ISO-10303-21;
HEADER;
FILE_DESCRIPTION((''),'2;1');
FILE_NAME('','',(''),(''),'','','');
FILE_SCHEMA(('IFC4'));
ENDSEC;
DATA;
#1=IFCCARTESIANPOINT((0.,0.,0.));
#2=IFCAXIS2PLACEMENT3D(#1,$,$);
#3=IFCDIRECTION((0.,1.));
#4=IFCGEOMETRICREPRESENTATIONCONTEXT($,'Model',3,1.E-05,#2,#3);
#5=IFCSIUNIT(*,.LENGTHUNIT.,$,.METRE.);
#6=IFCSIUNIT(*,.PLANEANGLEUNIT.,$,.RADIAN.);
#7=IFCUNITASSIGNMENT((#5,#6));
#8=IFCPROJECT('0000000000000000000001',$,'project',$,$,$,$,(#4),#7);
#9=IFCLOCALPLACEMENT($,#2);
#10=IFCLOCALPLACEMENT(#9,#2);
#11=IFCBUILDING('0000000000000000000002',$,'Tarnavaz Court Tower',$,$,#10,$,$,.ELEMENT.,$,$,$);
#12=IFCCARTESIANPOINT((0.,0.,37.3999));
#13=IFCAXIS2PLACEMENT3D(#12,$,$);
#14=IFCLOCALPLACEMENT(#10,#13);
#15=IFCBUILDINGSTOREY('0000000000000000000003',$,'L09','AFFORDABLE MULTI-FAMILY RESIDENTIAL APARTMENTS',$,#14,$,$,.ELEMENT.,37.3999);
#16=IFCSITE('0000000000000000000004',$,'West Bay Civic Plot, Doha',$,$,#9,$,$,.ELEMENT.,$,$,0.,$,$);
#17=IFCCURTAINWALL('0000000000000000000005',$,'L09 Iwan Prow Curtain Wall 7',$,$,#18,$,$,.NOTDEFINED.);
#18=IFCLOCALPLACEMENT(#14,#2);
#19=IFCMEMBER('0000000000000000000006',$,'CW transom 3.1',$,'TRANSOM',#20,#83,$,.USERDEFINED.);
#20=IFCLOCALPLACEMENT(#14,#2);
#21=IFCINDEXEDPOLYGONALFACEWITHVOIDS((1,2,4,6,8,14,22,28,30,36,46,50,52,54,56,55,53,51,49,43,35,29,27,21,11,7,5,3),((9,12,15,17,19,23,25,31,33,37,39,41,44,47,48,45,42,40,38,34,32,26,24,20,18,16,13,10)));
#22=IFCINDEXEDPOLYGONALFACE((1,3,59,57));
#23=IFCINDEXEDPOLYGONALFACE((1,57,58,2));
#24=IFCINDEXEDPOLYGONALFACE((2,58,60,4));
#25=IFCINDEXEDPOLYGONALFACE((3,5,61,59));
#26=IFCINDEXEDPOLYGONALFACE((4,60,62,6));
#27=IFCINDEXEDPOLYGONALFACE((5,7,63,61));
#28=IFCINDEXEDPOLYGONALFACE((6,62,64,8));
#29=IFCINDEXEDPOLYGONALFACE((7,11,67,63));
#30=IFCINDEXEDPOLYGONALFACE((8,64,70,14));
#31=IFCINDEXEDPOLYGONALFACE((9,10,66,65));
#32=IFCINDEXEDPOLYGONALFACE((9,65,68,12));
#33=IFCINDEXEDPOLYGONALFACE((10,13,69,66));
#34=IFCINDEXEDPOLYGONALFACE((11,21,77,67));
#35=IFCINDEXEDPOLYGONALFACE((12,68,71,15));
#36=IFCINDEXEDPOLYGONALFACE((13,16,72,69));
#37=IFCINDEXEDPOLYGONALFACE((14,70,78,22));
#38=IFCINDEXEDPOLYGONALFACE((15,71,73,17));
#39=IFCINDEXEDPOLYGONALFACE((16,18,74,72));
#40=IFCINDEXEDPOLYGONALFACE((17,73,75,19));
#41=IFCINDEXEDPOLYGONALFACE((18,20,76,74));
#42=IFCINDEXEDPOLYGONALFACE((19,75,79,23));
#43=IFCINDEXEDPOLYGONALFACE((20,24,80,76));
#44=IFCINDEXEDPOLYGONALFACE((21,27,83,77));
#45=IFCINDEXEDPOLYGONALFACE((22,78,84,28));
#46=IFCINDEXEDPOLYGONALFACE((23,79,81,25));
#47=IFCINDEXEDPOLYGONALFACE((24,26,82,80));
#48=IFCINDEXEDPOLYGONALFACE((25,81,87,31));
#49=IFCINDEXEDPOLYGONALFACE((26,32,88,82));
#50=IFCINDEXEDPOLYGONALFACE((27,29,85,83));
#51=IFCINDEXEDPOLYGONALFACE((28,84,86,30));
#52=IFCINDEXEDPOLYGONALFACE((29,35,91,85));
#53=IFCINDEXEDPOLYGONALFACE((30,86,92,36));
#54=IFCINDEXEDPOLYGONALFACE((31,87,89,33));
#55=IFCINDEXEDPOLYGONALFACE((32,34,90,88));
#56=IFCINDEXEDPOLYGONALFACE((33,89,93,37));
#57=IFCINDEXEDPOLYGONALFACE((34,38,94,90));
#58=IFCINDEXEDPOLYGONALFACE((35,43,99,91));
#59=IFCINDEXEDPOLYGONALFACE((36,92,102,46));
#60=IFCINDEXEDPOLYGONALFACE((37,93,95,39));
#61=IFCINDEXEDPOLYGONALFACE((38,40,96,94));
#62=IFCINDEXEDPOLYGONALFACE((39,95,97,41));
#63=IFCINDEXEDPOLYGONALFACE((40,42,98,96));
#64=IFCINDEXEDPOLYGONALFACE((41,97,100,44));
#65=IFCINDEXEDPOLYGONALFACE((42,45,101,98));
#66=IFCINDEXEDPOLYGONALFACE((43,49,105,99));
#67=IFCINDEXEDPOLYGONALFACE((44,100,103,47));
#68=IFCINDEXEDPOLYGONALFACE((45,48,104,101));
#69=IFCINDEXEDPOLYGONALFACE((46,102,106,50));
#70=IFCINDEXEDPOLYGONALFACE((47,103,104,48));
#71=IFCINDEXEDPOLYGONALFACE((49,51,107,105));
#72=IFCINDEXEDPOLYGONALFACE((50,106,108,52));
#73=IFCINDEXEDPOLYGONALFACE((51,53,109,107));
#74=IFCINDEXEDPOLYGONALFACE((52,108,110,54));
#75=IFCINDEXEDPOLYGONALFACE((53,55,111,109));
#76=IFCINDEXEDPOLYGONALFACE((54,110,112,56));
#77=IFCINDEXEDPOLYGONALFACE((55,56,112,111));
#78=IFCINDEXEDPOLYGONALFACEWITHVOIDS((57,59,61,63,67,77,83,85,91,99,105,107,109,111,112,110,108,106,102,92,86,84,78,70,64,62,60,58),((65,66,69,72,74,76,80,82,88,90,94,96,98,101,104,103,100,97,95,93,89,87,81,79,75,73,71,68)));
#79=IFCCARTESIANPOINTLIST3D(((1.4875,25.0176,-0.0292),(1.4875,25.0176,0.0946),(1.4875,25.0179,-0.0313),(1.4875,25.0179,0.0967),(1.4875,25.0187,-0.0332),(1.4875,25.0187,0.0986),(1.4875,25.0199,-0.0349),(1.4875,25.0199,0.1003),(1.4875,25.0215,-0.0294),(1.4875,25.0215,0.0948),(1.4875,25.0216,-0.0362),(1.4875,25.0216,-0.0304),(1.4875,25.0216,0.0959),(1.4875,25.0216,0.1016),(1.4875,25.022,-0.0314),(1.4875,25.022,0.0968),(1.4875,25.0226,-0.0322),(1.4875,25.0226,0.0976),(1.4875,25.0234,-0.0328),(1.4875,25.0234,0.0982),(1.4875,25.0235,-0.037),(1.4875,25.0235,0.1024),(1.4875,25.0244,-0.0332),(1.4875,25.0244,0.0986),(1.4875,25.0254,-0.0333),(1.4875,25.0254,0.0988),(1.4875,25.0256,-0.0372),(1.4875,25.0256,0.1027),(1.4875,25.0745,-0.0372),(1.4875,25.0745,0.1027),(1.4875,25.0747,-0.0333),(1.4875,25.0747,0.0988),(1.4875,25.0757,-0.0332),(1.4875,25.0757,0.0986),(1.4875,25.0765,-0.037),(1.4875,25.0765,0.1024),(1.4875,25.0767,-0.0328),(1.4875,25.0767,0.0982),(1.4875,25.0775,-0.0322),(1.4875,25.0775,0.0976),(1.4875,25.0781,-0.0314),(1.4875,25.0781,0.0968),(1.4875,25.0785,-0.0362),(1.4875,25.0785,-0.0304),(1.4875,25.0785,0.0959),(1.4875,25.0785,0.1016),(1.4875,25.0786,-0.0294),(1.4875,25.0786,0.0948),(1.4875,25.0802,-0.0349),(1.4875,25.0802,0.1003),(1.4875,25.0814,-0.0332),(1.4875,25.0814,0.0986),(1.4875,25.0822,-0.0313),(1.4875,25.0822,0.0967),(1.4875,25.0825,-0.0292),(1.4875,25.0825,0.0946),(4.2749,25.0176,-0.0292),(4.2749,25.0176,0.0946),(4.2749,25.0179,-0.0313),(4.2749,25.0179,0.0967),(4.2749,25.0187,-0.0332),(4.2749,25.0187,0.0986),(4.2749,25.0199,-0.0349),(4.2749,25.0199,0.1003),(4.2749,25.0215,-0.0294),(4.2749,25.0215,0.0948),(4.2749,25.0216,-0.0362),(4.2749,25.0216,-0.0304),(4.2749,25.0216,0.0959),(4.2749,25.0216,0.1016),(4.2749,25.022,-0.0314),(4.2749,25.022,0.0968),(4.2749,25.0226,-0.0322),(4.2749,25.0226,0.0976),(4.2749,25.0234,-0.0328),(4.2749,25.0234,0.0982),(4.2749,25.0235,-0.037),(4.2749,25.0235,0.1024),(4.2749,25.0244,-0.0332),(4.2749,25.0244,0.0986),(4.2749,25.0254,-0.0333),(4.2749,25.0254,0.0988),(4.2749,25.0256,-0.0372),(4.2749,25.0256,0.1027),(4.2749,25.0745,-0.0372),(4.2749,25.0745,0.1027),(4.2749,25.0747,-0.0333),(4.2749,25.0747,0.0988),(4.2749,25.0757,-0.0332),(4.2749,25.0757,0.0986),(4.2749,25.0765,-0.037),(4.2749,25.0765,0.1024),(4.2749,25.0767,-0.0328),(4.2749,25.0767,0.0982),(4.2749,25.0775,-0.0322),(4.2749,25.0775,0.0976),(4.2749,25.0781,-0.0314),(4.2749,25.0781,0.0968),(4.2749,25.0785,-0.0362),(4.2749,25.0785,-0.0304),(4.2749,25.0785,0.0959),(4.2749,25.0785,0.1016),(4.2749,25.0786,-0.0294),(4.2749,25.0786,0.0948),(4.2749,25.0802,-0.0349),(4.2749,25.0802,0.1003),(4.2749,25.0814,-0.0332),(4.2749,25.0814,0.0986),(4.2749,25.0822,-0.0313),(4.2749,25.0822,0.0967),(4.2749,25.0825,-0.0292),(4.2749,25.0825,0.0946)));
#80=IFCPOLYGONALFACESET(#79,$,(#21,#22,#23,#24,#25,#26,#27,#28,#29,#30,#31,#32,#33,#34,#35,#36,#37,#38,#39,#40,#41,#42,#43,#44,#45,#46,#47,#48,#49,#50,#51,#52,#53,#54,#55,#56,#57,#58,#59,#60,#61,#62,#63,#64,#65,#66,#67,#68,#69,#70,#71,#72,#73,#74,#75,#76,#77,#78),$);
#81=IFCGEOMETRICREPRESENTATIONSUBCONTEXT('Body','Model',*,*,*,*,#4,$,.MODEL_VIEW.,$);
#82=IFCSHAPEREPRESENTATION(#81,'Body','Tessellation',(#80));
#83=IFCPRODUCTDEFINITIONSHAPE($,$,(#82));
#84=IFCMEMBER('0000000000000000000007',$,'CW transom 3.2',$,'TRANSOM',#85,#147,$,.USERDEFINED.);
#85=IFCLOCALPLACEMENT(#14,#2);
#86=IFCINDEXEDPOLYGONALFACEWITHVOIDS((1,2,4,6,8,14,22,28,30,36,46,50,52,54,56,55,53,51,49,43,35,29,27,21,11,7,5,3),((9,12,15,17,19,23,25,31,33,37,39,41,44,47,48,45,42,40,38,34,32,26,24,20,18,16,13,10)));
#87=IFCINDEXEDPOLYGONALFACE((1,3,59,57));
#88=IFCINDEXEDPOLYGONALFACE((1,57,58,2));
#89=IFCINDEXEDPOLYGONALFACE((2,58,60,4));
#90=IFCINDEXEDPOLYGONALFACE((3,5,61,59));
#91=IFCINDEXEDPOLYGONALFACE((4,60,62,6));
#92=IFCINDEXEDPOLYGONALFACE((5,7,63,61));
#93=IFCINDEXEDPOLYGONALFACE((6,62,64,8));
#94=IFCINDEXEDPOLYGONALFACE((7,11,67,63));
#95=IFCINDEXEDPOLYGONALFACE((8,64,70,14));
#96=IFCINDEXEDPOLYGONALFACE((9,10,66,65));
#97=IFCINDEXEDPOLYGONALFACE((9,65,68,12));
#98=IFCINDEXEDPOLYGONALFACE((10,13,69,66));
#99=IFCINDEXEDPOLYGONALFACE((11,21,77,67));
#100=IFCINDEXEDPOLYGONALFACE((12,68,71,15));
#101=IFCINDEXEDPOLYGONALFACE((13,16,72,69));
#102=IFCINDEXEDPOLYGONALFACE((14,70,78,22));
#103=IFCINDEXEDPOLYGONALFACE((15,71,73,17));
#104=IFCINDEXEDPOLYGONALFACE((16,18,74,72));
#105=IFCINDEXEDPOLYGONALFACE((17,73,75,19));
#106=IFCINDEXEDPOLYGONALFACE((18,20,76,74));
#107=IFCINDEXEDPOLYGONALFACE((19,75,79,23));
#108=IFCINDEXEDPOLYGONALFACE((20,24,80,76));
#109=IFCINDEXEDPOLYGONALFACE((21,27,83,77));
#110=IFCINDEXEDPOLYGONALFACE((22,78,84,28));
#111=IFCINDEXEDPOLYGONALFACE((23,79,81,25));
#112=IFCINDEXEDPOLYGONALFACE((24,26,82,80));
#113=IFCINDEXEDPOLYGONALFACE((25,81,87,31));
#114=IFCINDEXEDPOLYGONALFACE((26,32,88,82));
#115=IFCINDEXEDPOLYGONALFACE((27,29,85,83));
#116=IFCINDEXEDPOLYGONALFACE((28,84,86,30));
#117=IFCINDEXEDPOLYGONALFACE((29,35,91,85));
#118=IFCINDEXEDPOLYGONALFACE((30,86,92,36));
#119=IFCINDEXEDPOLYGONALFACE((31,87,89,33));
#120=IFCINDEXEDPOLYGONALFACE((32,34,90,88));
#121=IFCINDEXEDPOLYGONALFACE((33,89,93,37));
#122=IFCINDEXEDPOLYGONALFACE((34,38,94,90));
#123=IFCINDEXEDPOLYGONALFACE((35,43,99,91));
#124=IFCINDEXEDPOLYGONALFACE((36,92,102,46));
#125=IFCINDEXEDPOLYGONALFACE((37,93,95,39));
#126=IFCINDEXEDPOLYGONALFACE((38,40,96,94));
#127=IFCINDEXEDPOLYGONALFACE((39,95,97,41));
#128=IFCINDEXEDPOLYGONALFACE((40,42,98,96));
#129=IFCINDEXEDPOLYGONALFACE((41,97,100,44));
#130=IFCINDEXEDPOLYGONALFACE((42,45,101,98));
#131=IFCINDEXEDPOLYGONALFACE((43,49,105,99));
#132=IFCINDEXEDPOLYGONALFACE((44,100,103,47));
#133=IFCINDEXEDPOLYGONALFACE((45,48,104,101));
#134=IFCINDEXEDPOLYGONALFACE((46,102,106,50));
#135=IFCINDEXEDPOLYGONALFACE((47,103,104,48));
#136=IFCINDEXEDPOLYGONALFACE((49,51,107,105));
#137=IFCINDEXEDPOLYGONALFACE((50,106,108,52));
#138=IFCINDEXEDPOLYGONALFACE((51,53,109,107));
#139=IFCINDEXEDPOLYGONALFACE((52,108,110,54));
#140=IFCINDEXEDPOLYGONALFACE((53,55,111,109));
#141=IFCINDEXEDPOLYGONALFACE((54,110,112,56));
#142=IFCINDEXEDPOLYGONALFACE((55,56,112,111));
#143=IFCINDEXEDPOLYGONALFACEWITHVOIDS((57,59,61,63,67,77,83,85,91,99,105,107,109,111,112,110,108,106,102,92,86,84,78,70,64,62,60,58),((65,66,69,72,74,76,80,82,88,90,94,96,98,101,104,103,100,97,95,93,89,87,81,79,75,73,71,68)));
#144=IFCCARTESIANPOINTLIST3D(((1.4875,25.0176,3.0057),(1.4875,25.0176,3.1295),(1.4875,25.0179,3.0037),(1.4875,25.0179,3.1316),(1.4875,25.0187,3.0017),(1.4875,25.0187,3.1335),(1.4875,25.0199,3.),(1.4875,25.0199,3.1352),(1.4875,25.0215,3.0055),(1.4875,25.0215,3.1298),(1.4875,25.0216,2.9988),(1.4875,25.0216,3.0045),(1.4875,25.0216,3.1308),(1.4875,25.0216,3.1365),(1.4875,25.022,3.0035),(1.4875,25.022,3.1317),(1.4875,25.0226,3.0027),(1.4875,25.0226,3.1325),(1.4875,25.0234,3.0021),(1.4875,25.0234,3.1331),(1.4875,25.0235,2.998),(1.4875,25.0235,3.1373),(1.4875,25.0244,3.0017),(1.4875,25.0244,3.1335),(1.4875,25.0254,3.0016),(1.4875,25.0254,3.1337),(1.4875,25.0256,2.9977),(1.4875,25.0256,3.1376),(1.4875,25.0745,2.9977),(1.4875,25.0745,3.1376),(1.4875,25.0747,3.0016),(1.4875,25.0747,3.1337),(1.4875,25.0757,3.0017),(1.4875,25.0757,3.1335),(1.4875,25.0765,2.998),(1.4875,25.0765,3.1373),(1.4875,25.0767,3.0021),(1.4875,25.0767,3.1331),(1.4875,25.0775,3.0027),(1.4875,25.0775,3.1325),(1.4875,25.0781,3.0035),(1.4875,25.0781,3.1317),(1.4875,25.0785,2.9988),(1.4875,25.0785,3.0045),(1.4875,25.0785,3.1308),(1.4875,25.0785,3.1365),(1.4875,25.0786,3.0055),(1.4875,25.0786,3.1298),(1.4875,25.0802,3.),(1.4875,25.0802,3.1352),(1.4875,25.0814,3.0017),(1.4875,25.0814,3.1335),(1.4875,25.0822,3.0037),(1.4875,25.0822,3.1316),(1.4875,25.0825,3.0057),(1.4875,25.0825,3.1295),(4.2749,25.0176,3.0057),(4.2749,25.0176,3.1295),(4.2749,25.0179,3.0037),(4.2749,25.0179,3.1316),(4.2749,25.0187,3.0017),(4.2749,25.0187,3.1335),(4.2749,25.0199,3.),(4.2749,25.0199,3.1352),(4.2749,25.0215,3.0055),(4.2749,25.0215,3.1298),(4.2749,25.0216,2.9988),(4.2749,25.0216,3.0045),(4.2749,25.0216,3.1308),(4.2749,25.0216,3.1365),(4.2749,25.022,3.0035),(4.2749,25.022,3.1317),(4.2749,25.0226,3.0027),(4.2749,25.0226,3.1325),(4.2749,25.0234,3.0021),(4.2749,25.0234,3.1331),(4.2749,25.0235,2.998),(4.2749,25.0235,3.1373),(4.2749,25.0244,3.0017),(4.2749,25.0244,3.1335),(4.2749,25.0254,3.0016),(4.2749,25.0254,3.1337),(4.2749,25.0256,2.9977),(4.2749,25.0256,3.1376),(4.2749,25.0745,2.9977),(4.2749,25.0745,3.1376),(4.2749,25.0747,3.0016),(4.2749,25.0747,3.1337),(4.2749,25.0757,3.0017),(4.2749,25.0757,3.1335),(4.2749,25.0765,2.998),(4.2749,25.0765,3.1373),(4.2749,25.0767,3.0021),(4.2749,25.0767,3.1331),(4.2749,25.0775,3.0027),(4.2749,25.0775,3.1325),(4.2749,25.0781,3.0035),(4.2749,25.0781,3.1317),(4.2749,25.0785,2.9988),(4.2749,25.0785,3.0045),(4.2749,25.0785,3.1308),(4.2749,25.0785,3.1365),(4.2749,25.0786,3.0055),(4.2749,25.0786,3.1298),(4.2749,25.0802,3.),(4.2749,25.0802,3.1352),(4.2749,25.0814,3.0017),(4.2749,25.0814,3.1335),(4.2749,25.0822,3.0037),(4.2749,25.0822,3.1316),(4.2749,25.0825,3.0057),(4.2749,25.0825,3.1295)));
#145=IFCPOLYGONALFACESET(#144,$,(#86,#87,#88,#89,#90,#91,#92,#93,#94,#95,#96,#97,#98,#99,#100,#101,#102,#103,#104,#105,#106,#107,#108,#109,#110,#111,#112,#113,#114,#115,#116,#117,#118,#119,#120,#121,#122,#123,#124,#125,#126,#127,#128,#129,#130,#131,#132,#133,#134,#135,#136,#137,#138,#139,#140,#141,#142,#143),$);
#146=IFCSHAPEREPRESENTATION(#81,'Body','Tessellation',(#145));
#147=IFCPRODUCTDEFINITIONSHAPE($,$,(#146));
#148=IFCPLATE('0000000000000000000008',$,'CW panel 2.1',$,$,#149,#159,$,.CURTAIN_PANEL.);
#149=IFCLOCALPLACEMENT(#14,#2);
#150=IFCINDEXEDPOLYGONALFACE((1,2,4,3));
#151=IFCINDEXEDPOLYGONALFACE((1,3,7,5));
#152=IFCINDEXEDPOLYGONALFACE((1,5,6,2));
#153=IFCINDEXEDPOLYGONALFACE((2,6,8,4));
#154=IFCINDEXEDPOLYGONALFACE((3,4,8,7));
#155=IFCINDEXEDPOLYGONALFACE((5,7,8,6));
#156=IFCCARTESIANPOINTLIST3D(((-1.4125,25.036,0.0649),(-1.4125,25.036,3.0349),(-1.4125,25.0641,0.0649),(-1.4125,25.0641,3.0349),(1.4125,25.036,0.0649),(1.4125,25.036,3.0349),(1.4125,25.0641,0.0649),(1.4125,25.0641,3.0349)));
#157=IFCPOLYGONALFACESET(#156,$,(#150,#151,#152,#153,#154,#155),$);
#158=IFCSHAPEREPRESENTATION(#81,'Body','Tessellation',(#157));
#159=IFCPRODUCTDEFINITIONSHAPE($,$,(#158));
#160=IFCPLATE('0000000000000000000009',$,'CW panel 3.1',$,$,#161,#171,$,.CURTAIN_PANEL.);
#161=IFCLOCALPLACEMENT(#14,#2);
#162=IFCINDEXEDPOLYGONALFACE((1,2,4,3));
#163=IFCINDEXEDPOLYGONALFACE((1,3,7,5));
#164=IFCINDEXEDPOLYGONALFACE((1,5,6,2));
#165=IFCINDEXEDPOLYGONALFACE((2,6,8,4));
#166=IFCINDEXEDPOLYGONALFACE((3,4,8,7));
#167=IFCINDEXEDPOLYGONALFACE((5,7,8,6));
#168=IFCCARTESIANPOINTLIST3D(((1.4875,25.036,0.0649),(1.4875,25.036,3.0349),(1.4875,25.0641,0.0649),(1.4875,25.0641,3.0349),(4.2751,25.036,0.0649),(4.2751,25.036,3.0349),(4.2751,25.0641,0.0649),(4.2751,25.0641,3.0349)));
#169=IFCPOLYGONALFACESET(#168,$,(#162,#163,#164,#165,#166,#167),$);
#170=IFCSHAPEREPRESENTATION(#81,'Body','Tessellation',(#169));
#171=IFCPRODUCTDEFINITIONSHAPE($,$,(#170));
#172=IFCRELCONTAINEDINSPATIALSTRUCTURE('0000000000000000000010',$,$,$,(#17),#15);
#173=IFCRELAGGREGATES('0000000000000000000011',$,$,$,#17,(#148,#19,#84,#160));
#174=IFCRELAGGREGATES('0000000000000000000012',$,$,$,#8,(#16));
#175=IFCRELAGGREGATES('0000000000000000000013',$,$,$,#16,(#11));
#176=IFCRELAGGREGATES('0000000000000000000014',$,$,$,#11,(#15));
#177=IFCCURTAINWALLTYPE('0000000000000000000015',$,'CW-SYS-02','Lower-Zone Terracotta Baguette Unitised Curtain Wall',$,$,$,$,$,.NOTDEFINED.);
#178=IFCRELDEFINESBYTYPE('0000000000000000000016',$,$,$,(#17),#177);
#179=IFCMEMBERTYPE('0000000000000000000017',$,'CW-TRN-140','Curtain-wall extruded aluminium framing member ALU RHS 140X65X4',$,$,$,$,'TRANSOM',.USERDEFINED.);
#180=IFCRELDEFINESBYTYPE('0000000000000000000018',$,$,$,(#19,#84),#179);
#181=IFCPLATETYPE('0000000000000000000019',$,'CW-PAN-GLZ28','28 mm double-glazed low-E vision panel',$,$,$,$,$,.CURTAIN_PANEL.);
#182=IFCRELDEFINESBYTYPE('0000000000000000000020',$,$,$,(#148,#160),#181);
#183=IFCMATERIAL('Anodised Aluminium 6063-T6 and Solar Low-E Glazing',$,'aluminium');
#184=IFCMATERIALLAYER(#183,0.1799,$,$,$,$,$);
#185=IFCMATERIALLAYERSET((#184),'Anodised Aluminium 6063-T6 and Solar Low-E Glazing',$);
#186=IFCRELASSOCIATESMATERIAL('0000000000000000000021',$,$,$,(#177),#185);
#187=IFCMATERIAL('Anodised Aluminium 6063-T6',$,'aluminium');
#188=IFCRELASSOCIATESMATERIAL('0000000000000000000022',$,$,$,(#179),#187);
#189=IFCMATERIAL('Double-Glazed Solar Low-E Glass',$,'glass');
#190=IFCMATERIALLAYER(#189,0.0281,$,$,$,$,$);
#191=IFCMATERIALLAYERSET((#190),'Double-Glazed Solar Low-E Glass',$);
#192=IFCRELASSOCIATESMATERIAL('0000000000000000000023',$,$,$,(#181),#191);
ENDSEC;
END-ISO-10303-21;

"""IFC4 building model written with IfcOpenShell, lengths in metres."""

from ifc_helpers import new_model, si_unit, direction, frame, origin, origin_2d, place, context, subcontext, project, spatial, rectangle, hollow_rectangle, extrude, material, layer, layer_set, material_profile, profile_set, type_object, element, aggregate, save


model = new_model("IFC4")

# Units and contexts
model_context = context("Model", 3, precision=1e-05, world=origin(), true_north=direction((0.0, 1.0)))
body_context = subcontext(model_context, "Body", "Model", "MODEL_VIEW")
ifc_project = project(units=[si_unit("LENGTHUNIT", "METRE"), si_unit("PLANEANGLEUNIT", "RADIAN")], contexts=[model_context])

# Site, building, storey
site_placement = place(None, origin())
site = spatial("IfcSite", under=ifc_project, at=site_placement, Name="West Bay Civic Plot, Doha", CompositionType="ELEMENT", RefElevation=0.0)
building_placement = place(site_placement, origin())
building = spatial("IfcBuilding", under=site, at=building_placement, Name="Tarnavaz Court Tower", CompositionType="ELEMENT")
storey_placement = place(building_placement, frame((0.0, 0.0, 37.3999)))
storey = spatial("IfcBuildingStorey", under=building, at=storey_placement, Name="L09", Description="AFFORDABLE MULTI-FAMILY RESIDENTIAL APARTMENTS", CompositionType="ELEMENT", Elevation=37.3999)

# Curtain wall, members, plates
ifc_material_1 = material(Name="Anodised Aluminium 6063-T6 and Solar Low-E Glazing", Category="aluminium")
ifc_layer_1 = layer(ifc_material_1, 0.1799)
ifc_layer_set_1 = layer_set([ifc_layer_1], Name="Anodised Aluminium 6063-T6 and Solar Low-E Glazing")
curtain_wall_type = type_object("IfcCurtainWallType", Name="CW-SYS-02", Description="Lower-Zone Terracotta Baguette Unitised Curtain Wall", PredefinedType="NOTDEFINED", material=ifc_layer_set_1)
curtain_wall_placement = place(storey_placement, origin())
curtain_wall = element("IfcCurtainWall", 1, at=curtain_wall_placement, inside=storey, type_object=curtain_wall_type, Name="L09 Iwan Prow Curtain Wall 7", PredefinedType="NOTDEFINED")
ifc_material_2 = material(Name="Anodised Aluminium 6063-T6", Category="aluminium")
ifc_material_profile_1 = material_profile(ifc_material_2, hollow_rectangle(XDim=0.0649, YDim=0.1399, WallThickness=0.0039, InnerFilletRadius=0.0039, OuterFilletRadius=0.0081, at=origin_2d()), Name="ALU RHS 140X65X4")
ifc_profile_set_1 = profile_set([ifc_material_profile_1], Name="Anodised Aluminium 6063-T6")
member_type_1 = type_object("IfcMemberType", Name="CW-TRN-140", Description="Curtain-wall extruded aluminium framing member ALU RHS 140X65X4", ElementType="TRANSOM", PredefinedType="USERDEFINED", material=ifc_profile_set_1)
member_1_placement = place(storey_placement, frame((1.4875, 25.05, 0.0327), z_axis=(1.0, 0.0, 0.0), x_axis=(0.0, 1.0, 0.0)))
member_1 = element("IfcMember", 2, at=member_1_placement, type_object=member_type_1, Name="CW transom 3.1", ObjectType="TRANSOM", PredefinedType="USERDEFINED", context=body_context, shape_type="SweptSolid", body=[
    extrude(hollow_rectangle(XDim=0.0649, YDim=0.1399, WallThickness=0.0039, InnerFilletRadius=0.0039, OuterFilletRadius=0.0081, at=origin_2d()), origin(), (0.0, 0.0, 1.0), 2.7874),
])
member_2_placement = place(storey_placement, frame((1.4875, 25.05, 3.0676), z_axis=(1.0, 0.0, 0.0), x_axis=(0.0, 1.0, 0.0)))
member_2 = element("IfcMember", 3, at=member_2_placement, type_object=member_type_1, Name="CW transom 3.2", ObjectType="TRANSOM", PredefinedType="USERDEFINED", context=body_context, shape_type="SweptSolid", body=[
    extrude(hollow_rectangle(XDim=0.0649, YDim=0.1399, WallThickness=0.0039, InnerFilletRadius=0.0039, OuterFilletRadius=0.0081, at=origin_2d()), origin(), (0.0, 0.0, 1.0), 2.7874),
])
ifc_material_3 = material(Name="Double-Glazed Solar Low-E Glass", Category="glass")
ifc_layer_2 = layer(ifc_material_3, 0.0281)
ifc_layer_set_2 = layer_set([ifc_layer_2], Name="Double-Glazed Solar Low-E Glass")
plate_type = type_object("IfcPlateType", Name="CW-PAN-GLZ28", Description="28 mm double-glazed low-E vision panel", PredefinedType="CURTAIN_PANEL", material=ifc_layer_set_2)
plate_1_placement = place(storey_placement, frame((0.0, 25.05, 0.0649), z_axis=(0.0, 0.0, 1.0), x_axis=(1.0, 0.0, 0.0)))
plate_1 = element("IfcPlate", 4, at=plate_1_placement, type_object=plate_type, Name="CW panel 2.1", PredefinedType="CURTAIN_PANEL", context=body_context, shape_type="SweptSolid", body=[
    extrude(rectangle(XDim=2.825, YDim=0.0281, at=origin_2d()), origin(), (0.0, 0.0, 1.0), 2.97),
])
plate_2_placement = place(storey_placement, frame((2.8813, 25.05, 0.0649), z_axis=(0.0, 0.0, 1.0), x_axis=(1.0, 0.0, 0.0)))
plate_2 = element("IfcPlate", 5, at=plate_2_placement, type_object=plate_type, Name="CW panel 3.1", PredefinedType="CURTAIN_PANEL", context=body_context, shape_type="SweptSolid", body=[
    extrude(rectangle(XDim=2.7876, YDim=0.0281, at=origin_2d()), origin(), (0.0, 0.0, 1.0), 2.97),
])
aggregate(curtain_wall, [plate_1, member_1, member_2, plate_2])

save(model, "model.ifc")
